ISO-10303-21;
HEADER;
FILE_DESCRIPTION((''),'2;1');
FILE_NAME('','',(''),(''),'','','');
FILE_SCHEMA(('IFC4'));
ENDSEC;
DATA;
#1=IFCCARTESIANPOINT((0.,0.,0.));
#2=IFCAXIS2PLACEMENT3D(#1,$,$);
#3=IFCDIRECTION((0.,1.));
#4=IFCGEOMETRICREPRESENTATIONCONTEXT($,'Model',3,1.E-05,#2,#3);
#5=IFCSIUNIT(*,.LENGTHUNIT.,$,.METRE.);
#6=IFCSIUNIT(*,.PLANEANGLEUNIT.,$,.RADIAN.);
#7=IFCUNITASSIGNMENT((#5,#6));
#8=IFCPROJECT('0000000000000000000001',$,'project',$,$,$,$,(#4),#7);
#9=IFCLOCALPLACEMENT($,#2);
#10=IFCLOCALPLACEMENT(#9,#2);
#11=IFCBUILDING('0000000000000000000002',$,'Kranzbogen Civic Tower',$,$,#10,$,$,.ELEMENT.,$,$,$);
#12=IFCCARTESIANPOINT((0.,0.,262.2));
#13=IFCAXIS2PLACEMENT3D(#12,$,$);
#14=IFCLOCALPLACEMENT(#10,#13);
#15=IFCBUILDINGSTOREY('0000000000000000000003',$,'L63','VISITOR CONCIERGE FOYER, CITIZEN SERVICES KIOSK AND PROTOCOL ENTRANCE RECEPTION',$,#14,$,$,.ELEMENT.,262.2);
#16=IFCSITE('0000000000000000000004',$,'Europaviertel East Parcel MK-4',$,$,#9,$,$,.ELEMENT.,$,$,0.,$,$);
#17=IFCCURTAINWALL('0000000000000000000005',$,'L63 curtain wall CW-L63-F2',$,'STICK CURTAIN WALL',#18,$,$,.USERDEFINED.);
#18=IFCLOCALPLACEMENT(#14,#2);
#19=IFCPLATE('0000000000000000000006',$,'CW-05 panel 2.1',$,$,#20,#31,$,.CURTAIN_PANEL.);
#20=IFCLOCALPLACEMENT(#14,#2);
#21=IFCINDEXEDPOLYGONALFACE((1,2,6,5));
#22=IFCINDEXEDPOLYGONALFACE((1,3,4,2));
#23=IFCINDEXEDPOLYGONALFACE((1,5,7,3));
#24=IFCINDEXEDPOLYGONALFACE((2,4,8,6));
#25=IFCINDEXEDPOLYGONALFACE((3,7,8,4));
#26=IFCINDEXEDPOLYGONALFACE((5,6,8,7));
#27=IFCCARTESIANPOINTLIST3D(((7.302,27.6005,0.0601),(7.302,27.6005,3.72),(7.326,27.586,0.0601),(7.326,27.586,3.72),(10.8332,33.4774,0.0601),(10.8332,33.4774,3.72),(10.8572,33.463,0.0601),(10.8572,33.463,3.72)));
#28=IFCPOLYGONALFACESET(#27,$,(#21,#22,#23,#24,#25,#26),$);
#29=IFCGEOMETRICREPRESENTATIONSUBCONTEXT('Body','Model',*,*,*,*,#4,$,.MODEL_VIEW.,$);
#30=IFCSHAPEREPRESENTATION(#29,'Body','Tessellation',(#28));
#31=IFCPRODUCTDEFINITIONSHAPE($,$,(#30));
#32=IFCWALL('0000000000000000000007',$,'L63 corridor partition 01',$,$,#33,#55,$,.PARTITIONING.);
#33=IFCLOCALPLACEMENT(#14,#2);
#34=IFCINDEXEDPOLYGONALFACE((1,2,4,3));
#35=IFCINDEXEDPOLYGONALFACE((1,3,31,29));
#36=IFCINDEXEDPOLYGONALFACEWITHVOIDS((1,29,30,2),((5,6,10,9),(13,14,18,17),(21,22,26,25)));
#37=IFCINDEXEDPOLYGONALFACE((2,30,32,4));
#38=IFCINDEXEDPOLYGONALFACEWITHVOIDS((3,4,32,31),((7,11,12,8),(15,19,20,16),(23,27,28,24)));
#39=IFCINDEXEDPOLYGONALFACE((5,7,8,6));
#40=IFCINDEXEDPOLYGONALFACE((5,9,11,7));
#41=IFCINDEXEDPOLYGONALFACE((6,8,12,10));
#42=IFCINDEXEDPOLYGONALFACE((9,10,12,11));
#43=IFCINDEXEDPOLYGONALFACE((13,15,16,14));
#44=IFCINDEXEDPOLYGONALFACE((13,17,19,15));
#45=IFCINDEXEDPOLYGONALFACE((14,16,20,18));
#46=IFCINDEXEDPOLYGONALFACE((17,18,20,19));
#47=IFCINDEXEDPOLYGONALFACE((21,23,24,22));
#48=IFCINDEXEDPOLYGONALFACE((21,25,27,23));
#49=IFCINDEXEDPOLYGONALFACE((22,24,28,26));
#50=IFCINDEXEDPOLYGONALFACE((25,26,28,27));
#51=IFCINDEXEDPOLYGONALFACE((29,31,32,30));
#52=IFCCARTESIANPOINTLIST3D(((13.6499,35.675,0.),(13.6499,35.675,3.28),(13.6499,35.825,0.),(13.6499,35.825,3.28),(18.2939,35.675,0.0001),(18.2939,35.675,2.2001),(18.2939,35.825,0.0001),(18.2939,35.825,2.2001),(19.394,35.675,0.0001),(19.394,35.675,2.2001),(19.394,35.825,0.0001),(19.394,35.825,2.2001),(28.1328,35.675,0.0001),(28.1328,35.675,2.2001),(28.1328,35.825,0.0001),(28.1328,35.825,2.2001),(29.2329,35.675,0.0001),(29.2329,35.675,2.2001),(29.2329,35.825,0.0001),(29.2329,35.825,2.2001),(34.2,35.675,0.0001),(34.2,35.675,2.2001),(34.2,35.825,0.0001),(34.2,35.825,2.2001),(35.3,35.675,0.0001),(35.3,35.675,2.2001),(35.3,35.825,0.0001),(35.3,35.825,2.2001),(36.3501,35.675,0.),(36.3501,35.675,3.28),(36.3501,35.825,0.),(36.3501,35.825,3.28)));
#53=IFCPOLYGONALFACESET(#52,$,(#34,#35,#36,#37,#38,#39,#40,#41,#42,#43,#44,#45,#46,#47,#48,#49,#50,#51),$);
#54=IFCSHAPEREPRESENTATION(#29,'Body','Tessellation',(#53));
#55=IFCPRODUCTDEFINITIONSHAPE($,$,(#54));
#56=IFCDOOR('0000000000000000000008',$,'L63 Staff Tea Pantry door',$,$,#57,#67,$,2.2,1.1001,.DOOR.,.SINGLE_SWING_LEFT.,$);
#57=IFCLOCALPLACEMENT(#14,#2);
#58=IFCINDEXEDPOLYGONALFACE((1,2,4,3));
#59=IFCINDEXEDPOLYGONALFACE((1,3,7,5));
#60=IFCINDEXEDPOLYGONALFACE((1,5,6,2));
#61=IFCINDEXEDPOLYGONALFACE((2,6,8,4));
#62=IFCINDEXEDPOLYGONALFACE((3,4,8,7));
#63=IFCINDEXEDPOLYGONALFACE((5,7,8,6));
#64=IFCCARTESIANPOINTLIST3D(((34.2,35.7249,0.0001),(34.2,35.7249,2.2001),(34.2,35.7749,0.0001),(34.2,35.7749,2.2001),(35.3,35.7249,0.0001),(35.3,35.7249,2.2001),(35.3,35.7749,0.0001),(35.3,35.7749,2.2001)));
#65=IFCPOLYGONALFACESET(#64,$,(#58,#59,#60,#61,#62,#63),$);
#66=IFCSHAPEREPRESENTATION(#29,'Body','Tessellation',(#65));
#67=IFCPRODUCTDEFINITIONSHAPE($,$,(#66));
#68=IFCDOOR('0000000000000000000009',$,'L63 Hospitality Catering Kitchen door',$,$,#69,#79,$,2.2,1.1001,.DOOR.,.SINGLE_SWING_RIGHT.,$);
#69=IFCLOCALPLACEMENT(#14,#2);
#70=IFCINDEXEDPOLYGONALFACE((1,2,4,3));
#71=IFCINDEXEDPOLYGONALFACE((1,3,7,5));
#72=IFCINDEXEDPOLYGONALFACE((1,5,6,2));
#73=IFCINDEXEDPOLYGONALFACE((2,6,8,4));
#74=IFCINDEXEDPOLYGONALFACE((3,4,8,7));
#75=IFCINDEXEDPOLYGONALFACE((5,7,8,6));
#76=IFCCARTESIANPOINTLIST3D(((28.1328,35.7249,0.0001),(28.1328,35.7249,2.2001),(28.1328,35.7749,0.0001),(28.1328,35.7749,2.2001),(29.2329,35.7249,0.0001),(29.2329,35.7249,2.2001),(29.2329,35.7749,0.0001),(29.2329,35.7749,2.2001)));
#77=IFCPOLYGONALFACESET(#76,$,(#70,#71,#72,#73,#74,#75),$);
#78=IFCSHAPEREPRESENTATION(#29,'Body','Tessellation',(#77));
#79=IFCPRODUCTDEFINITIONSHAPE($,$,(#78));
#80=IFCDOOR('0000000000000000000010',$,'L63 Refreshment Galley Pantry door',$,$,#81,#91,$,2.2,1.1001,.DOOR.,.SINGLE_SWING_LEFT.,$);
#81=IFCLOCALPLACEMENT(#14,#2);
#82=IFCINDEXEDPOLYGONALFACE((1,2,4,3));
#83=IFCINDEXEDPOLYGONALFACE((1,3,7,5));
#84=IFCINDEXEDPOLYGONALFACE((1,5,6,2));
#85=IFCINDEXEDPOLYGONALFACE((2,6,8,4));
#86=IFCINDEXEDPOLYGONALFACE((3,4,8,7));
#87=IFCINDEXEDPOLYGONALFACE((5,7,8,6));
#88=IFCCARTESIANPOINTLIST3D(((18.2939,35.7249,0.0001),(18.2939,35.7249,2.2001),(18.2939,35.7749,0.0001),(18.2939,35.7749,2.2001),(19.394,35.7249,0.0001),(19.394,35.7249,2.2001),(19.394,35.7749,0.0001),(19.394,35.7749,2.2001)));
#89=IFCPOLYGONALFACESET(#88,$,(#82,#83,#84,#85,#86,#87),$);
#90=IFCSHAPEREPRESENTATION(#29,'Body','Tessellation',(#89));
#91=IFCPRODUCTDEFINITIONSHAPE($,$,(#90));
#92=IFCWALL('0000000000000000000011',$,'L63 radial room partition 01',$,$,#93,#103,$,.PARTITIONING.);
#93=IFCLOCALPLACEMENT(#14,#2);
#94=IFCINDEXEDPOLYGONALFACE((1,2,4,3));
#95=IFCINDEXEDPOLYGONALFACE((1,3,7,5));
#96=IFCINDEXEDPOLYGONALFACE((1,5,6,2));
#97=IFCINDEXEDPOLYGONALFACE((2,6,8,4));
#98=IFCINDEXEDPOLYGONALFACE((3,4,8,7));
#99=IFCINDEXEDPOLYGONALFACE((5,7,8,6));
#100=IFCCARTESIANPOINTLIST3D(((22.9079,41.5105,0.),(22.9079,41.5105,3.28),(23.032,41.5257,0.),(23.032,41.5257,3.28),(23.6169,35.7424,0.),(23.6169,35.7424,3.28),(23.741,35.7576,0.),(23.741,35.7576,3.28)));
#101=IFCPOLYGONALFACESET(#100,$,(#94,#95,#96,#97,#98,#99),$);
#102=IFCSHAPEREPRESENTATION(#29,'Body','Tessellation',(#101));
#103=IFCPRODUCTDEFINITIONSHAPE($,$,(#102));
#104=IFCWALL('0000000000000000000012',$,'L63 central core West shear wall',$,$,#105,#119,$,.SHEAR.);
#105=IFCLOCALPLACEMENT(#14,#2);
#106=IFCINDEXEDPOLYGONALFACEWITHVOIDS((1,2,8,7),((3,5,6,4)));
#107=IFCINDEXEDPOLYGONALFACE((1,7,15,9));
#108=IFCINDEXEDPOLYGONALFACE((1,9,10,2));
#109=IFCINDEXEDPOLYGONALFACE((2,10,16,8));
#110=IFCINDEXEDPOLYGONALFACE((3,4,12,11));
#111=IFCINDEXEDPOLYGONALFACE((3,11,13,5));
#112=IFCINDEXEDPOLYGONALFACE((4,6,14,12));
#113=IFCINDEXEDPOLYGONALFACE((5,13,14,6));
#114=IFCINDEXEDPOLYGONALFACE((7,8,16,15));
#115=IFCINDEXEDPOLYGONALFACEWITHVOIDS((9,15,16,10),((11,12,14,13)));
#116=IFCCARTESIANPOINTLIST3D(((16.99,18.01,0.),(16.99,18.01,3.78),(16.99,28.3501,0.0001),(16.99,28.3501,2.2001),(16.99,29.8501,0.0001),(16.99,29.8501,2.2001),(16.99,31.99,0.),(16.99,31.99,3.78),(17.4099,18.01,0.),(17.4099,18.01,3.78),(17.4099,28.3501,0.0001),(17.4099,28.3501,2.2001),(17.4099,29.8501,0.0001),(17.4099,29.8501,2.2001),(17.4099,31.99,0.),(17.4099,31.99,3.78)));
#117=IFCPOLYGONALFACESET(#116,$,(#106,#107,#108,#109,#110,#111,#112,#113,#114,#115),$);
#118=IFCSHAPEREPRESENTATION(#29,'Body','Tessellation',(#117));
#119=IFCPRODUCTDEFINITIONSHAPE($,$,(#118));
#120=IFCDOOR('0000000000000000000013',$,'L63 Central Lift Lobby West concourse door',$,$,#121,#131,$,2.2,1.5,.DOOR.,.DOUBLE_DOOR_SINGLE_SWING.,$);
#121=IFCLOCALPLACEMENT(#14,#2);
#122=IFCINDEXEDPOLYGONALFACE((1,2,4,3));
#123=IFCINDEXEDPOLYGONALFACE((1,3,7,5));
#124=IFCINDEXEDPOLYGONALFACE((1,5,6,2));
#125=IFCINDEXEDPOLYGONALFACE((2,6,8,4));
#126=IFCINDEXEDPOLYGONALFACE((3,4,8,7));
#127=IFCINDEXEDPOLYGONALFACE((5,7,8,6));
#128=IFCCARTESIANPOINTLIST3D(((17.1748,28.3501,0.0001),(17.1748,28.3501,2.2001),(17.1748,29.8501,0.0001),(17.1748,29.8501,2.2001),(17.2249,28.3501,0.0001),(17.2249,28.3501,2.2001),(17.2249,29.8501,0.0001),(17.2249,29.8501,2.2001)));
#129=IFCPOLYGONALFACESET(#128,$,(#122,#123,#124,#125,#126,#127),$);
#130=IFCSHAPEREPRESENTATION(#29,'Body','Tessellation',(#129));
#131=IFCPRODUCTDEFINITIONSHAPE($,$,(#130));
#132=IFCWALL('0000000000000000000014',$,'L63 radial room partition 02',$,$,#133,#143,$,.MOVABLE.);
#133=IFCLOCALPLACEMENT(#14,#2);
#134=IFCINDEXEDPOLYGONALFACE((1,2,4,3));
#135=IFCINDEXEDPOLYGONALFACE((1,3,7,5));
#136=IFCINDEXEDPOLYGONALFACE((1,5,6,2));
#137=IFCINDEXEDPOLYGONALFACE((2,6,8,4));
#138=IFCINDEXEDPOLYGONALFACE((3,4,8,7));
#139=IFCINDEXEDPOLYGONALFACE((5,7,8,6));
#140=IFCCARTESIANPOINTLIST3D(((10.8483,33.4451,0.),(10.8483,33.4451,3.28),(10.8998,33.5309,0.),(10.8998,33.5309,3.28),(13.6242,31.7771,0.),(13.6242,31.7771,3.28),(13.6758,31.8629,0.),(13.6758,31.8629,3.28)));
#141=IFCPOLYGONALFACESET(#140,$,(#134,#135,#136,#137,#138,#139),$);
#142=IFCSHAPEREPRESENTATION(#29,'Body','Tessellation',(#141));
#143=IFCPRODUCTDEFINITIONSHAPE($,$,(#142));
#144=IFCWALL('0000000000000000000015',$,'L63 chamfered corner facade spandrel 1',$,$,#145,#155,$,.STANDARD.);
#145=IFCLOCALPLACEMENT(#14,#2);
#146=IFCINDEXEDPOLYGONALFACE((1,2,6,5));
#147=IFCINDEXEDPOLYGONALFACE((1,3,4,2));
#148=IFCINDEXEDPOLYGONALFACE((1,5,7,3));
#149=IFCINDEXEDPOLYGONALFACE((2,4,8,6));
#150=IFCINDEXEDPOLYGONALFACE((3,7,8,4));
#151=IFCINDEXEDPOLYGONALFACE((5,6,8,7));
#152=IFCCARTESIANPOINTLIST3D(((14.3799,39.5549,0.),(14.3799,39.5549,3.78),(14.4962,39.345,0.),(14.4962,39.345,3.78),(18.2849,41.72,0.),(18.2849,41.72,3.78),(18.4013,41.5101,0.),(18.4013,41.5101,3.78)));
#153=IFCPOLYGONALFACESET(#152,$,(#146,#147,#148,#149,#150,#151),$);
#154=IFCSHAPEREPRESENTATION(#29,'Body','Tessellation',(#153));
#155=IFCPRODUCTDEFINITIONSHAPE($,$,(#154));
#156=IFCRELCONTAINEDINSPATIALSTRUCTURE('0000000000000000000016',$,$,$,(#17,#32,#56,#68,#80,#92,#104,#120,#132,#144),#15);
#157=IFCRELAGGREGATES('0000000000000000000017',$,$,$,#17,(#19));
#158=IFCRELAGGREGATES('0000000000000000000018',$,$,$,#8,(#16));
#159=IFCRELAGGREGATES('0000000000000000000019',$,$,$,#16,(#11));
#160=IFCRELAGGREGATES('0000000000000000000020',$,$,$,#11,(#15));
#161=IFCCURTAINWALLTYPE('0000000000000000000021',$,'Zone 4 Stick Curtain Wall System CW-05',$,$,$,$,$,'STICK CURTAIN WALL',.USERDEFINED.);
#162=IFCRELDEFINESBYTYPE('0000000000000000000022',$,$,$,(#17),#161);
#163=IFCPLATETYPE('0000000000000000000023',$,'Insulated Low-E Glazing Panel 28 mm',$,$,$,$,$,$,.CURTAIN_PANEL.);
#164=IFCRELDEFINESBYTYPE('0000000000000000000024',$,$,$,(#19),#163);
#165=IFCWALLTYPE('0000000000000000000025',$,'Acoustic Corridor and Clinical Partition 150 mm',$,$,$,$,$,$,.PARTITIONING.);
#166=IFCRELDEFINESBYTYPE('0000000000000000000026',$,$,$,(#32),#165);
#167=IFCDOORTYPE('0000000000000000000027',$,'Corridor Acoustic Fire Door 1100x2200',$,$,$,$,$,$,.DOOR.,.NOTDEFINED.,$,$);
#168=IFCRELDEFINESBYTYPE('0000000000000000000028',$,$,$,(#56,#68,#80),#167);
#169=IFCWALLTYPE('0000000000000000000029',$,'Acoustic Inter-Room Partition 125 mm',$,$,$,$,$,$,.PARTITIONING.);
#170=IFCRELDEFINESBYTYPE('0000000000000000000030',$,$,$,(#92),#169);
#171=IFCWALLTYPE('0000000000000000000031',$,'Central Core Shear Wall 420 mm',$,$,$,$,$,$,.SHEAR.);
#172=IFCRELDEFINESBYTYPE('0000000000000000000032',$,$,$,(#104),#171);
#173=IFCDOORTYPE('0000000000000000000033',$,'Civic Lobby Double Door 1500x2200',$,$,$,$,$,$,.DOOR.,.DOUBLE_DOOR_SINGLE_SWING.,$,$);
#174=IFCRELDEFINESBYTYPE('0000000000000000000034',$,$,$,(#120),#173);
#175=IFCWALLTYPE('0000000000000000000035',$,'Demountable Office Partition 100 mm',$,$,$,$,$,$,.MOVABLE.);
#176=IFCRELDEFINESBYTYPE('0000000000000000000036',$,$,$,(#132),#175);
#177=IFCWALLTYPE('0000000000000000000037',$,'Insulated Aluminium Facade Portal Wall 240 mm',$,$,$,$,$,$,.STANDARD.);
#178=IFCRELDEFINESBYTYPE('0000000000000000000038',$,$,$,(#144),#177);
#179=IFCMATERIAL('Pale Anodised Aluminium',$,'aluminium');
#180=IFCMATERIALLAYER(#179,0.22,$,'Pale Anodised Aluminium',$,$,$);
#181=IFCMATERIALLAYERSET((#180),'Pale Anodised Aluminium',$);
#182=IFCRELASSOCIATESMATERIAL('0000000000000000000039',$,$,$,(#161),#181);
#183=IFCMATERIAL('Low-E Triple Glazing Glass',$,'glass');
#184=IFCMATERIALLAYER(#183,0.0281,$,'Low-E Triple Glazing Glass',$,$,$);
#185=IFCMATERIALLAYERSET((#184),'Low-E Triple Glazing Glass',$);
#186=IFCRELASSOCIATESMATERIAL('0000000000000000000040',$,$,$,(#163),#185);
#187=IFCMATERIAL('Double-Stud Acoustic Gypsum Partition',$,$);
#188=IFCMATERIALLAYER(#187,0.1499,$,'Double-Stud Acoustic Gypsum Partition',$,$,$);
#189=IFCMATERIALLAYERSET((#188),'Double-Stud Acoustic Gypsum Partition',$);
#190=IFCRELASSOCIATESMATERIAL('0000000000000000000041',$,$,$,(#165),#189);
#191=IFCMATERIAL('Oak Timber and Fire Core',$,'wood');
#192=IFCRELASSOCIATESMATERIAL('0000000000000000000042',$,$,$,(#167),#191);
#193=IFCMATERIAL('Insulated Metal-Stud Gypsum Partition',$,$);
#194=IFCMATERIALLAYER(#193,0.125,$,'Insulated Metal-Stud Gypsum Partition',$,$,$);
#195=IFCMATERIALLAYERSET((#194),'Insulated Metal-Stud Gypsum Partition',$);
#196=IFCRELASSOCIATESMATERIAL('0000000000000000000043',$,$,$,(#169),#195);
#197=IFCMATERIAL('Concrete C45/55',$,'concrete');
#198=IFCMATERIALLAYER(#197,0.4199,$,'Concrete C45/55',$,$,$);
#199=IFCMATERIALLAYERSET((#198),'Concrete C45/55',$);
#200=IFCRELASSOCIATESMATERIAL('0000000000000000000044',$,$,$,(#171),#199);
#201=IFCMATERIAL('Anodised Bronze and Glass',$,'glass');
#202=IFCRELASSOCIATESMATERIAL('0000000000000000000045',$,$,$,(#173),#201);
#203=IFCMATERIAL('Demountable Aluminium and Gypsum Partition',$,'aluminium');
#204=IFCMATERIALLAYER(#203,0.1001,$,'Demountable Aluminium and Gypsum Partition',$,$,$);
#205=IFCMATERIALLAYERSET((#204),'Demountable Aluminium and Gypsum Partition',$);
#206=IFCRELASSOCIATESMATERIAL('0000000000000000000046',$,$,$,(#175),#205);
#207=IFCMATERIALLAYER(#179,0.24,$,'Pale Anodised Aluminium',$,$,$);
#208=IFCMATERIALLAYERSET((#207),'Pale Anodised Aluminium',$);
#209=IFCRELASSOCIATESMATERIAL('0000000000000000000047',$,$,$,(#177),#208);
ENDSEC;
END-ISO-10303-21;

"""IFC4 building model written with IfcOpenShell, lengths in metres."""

from ifc_helpers import new_model, si_unit, direction, frame, frame_2d, origin, origin_2d, place, context, subcontext, project, spatial, rectangle, extrude, material, layer, layer_set, type_object, element, fill, aggregate, save


model = new_model("IFC4")

# Units and contexts
model_context = context("Model", 3, precision=1e-05, world=origin(), true_north=direction((0.0, 1.0)))
body_context = subcontext(model_context, "Body", "Model", "MODEL_VIEW")
ifc_project = project(units=[si_unit("LENGTHUNIT", "METRE"), si_unit("PLANEANGLEUNIT", "RADIAN")], contexts=[model_context])

# Site, building, storey
site_placement = place(None, origin())
site = spatial("IfcSite", under=ifc_project, at=site_placement, Name="Europaviertel East Parcel MK-4", CompositionType="ELEMENT", RefElevation=0.0)
building_placement = place(site_placement, origin())
building = spatial("IfcBuilding", under=site, at=building_placement, Name="Kranzbogen Civic Tower", CompositionType="ELEMENT")
storey_placement = place(building_placement, frame((0.0, 0.0, 262.2)))
storey = spatial("IfcBuildingStorey", under=building, at=storey_placement, Name="L63", Description="VISITOR CONCIERGE FOYER, CITIZEN SERVICES KIOSK AND PROTOCOL ENTRANCE RECEPTION", CompositionType="ELEMENT", Elevation=262.2)

# Shared definitions
ifc_material_1 = material(Name="Pale Anodised Aluminium", Category="aluminium")
ifc_layer_1 = layer(ifc_material_1, 0.22, Name="Pale Anodised Aluminium")
ifc_layer_set_1 = layer_set([ifc_layer_1], Name="Pale Anodised Aluminium")
curtain_wall_type = type_object("IfcCurtainWallType", Name="Zone 4 Stick Curtain Wall System CW-05", ElementType="STICK CURTAIN WALL", PredefinedType="USERDEFINED", material=ifc_layer_set_1)

# Curtain wall
curtain_wall_1_placement = place(storey_placement, origin())
curtain_wall_1 = element("IfcCurtainWall", 1, at=curtain_wall_1_placement, inside=storey, type_object=curtain_wall_type, Name="L63 curtain wall CW-L63-F2", ObjectType="STICK CURTAIN WALL", PredefinedType="USERDEFINED")

# Plate
ifc_material_2 = material(Name="Low-E Triple Glazing Glass", Category="glass")
ifc_layer_2 = layer(ifc_material_2, 0.0281, Name="Low-E Triple Glazing Glass")
ifc_layer_set_2 = layer_set([ifc_layer_2], Name="Low-E Triple Glazing Glass")
plate_type = type_object("IfcPlateType", Name="Insulated Low-E Glazing Panel 28 mm", PredefinedType="CURTAIN_PANEL", material=ifc_layer_set_2)
plate_1_placement = place(storey_placement, frame((9.0796, 30.5317, 0.0601), z_axis=(0.0, 0.0, 1.0), x_axis=(-0.515036, -0.857169, 0.0)))
plate_1 = element("IfcPlate", 2, at=plate_1_placement, type_object=plate_type, Name="CW-05 panel 2.1", PredefinedType="CURTAIN_PANEL", context=body_context, shape_type="SweptSolid", body=[
    extrude(rectangle(XDim=6.8562, YDim=0.0281, at=origin_2d()), origin(), (0.0, 0.0, 1.0), 3.6599),
])
aggregate(curtain_wall_1, [plate_1])

# Wall, openings, doors
ifc_material_3 = material(Name="Double-Stud Acoustic Gypsum Partition")
ifc_layer_3 = layer(ifc_material_3, 0.1499, Name="Double-Stud Acoustic Gypsum Partition")
ifc_layer_set_3 = layer_set([ifc_layer_3], Name="Double-Stud Acoustic Gypsum Partition")
wall_type_1 = type_object("IfcWallType", Name="Acoustic Corridor and Clinical Partition 150 mm", PredefinedType="PARTITIONING", material=ifc_layer_set_3)
wall_1_placement = place(storey_placement, frame((13.6499, 35.75, 0.0), z_axis=(0.0, 0.0, 1.0), x_axis=(1.0, 0.0, 0.0)))
wall_1 = element("IfcWall", 3, at=wall_1_placement, inside=storey, type_object=wall_type_1, Name="L63 corridor partition 01", PredefinedType="PARTITIONING", context=body_context, shape_type="SweptSolid", body=[
    extrude(rectangle(XDim=22.7002, YDim=0.1499, at=frame_2d((11.3501, 0.0))), origin(), (0.0, 0.0, 1.0), 3.28),
])
opening_1_placement = place(wall_1_placement, frame((20.55, 0.0, 0.0)))
opening_1 = element("IfcOpeningElement", 4, at=opening_1_placement, cuts=wall_1, PredefinedType="OPENING", context=body_context, shape_type="SweptSolid", body=[
    extrude(rectangle(XDim=1.1001, YDim=2.2, at=frame_2d((0.55, 1.1001))), frame((0.0, 0.085, 0.0), z_axis=(0.0, -1.0, 0.0), x_axis=(1.0, 0.0, 0.0)), (0.0, 0.0, 1.0), 0.1699),
])
opening_2_placement = place(wall_1_placement, frame((14.4829, 0.0, 0.0)))
opening_2 = element("IfcOpeningElement", 5, at=opening_2_placement, cuts=wall_1, PredefinedType="OPENING", context=body_context, shape_type="SweptSolid", body=[
    extrude(rectangle(XDim=1.1001, YDim=2.2, at=frame_2d((0.55, 1.1001))), frame((0.0, 0.085, 0.0), z_axis=(0.0, -1.0, 0.0), x_axis=(1.0, 0.0, 0.0)), (0.0, 0.0, 1.0), 0.1699),
])
opening_3_placement = place(wall_1_placement, frame((4.644, 0.0, 0.0)))
opening_3 = element("IfcOpeningElement", 6, at=opening_3_placement, cuts=wall_1, PredefinedType="OPENING", context=body_context, shape_type="SweptSolid", body=[
    extrude(rectangle(XDim=1.1001, YDim=2.2, at=frame_2d((0.55, 1.1001))), frame((0.0, 0.085, 0.0), z_axis=(0.0, -1.0, 0.0), x_axis=(1.0, 0.0, 0.0)), (0.0, 0.0, 1.0), 0.1699),
])
ifc_material_4 = material(Name="Oak Timber and Fire Core", Category="wood")
door_type_1 = type_object("IfcDoorType", Name="Corridor Acoustic Fire Door 1100x2200", OperationType="NOTDEFINED", PredefinedType="DOOR", material=ifc_material_4)
door_1_placement = place(opening_1_placement, origin())
door_1 = element("IfcDoor", 7, at=door_1_placement, inside=storey, type_object=door_type_1, Name="L63 Staff Tea Pantry door", OperationType="SINGLE_SWING_LEFT", OverallHeight=2.2, OverallWidth=1.1001, PredefinedType="DOOR", context=body_context, shape_type="SweptSolid", body=[
    extrude(rectangle(XDim=1.1001, YDim=2.2, at=frame_2d((0.55, 1.1001))), frame((0.0, 0.0249, 0.0), z_axis=(0.0, -1.0, 0.0), x_axis=(1.0, 0.0, 0.0)), (0.0, 0.0, 1.0), 0.05),
])
fill(opening_1, door_1)
door_2_placement = place(opening_2_placement, origin())
door_2 = element("IfcDoor", 8, at=door_2_placement, inside=storey, type_object=door_type_1, Name="L63 Hospitality Catering Kitchen door", OperationType="SINGLE_SWING_RIGHT", OverallHeight=2.2, OverallWidth=1.1001, PredefinedType="DOOR", context=body_context, shape_type="SweptSolid", body=[
    extrude(rectangle(XDim=1.1001, YDim=2.2, at=frame_2d((0.55, 1.1001))), frame((0.0, 0.0249, 0.0), z_axis=(0.0, -1.0, 0.0), x_axis=(1.0, 0.0, 0.0)), (0.0, 0.0, 1.0), 0.05),
])
fill(opening_2, door_2)
door_3_placement = place(opening_3_placement, origin())
door_3 = element("IfcDoor", 9, at=door_3_placement, inside=storey, type_object=door_type_1, Name="L63 Refreshment Galley Pantry door", OperationType="SINGLE_SWING_LEFT", OverallHeight=2.2, OverallWidth=1.1001, PredefinedType="DOOR", context=body_context, shape_type="SweptSolid", body=[
    extrude(rectangle(XDim=1.1001, YDim=2.2, at=frame_2d((0.55, 1.1001))), frame((0.0, 0.0249, 0.0), z_axis=(0.0, -1.0, 0.0), x_axis=(1.0, 0.0, 0.0)), (0.0, 0.0, 1.0), 0.05),
])
fill(opening_3, door_3)

# Wall
ifc_material_5 = material(Name="Insulated Metal-Stud Gypsum Partition")
ifc_layer_4 = layer(ifc_material_5, 0.125, Name="Insulated Metal-Stud Gypsum Partition")
ifc_layer_set_4 = layer_set([ifc_layer_4], Name="Insulated Metal-Stud Gypsum Partition")
wall_type_2 = type_object("IfcWallType", Name="Acoustic Inter-Room Partition 125 mm", PredefinedType="PARTITIONING", material=ifc_layer_set_4)
wall_2_placement = place(storey_placement, frame((23.679, 35.75, 0.0), z_axis=(0.0, 0.0, 1.0), x_axis=(-0.121997, 0.99253, 0.0)))
element("IfcWall", 10, at=wall_2_placement, inside=storey, type_object=wall_type_2, Name="L63 radial room partition 01", PredefinedType="PARTITIONING", context=body_context, shape_type="SweptSolid", body=[
    extrude(rectangle(XDim=5.8115, YDim=0.125, at=frame_2d((2.9058, 0.0))), origin(), (0.0, 0.0, 1.0), 3.28),
])

# Wall, opening, door
ifc_material_6 = material(Name="Concrete C45/55", Category="concrete")
ifc_layer_5 = layer(ifc_material_6, 0.4199, Name="Concrete C45/55")
ifc_layer_set_5 = layer_set([ifc_layer_5], Name="Concrete C45/55")
wall_type_3 = type_object("IfcWallType", Name="Central Core Shear Wall 420 mm", PredefinedType="SHEAR", material=ifc_layer_set_5)
wall_3_placement = place(storey_placement, frame((17.2, 31.99, 0.0), z_axis=(0.0, 0.0, 1.0), x_axis=(0.0, -1.0, 0.0)))
wall_3 = element("IfcWall", 11, at=wall_3_placement, inside=storey, type_object=wall_type_3, Name="L63 central core West shear wall", PredefinedType="SHEAR", context=body_context, shape_type="SweptSolid", body=[
    extrude(rectangle(XDim=13.98, YDim=0.4199, at=frame_2d((6.99, 0.0))), origin(), (0.0, 0.0, 1.0), 3.78),
])
opening_4_placement = place(wall_3_placement, frame((2.1399, 0.0, 0.0)))
opening_4 = element("IfcOpeningElement", 12, at=opening_4_placement, cuts=wall_3, PredefinedType="OPENING", context=body_context, shape_type="SweptSolid", body=[
    extrude(rectangle(XDim=1.5, YDim=2.2, at=frame_2d((0.75, 1.1001))), frame((0.0, 0.22, 0.0), z_axis=(0.0, -1.0, 0.0), x_axis=(1.0, 0.0, 0.0)), (0.0, 0.0, 1.0), 0.4399),
])
ifc_material_7 = material(Name="Anodised Bronze and Glass", Category="glass")
door_type_2 = type_object("IfcDoorType", Name="Civic Lobby Double Door 1500x2200", OperationType="DOUBLE_DOOR_SINGLE_SWING", PredefinedType="DOOR", material=ifc_material_7)
door_4_placement = place(opening_4_placement, origin())
door_4 = element("IfcDoor", 13, at=door_4_placement, inside=storey, type_object=door_type_2, Name="L63 Central Lift Lobby West concourse door", OperationType="DOUBLE_DOOR_SINGLE_SWING", OverallHeight=2.2, OverallWidth=1.5, PredefinedType="DOOR", context=body_context, shape_type="SweptSolid", body=[
    extrude(rectangle(XDim=1.5, YDim=2.2, at=frame_2d((0.75, 1.1001))), frame((0.0, 0.0249, 0.0), z_axis=(0.0, -1.0, 0.0), x_axis=(1.0, 0.0, 0.0)), (0.0, 0.0, 1.0), 0.05),
])
fill(opening_4, door_4)

# Walls
ifc_material_8 = material(Name="Demountable Aluminium and Gypsum Partition", Category="aluminium")
ifc_layer_6 = layer(ifc_material_8, 0.1001, Name="Demountable Aluminium and Gypsum Partition")
ifc_layer_set_6 = layer_set([ifc_layer_6], Name="Demountable Aluminium and Gypsum Partition")
wall_type_4 = type_object("IfcWallType", Name="Demountable Office Partition 100 mm", PredefinedType="MOVABLE", material=ifc_layer_set_6)
wall_4_placement = place(storey_placement, frame((13.6499, 31.8201, 0.0), z_axis=(0.0, 0.0, 1.0), x_axis=(-0.85716, 0.51505, 0.0)))
element("IfcWall", 14, at=wall_4_placement, inside=storey, type_object=wall_type_4, Name="L63 radial room partition 02", PredefinedType="MOVABLE", context=body_context, shape_type="SweptSolid", body=[
    extrude(rectangle(XDim=3.2385, YDim=0.1001, at=frame_2d((1.6191, 0.0))), origin(), (0.0, 0.0, 1.0), 3.28),
])
ifc_layer_7 = layer(ifc_material_1, 0.24, Name="Pale Anodised Aluminium")
ifc_layer_set_7 = layer_set([ifc_layer_7], Name="Pale Anodised Aluminium")
wall_type_5 = type_object("IfcWallType", Name="Insulated Aluminium Facade Portal Wall 240 mm", PredefinedType="STANDARD", material=ifc_layer_set_7)
wall_5_placement = place(storey_placement, frame((18.343, 41.615, 0.0), z_axis=(0.0, 0.0, 1.0), x_axis=(-0.874577, -0.484886, 0.0)))
element("IfcWall", 15, at=wall_5_placement, inside=storey, type_object=wall_type_5, Name="L63 chamfered corner facade spandrel 1", PredefinedType="STANDARD", context=body_context, shape_type="SweptSolid", body=[
    extrude(rectangle(XDim=4.4651, YDim=0.24, at=frame_2d((2.2324, 0.0))), origin(), (0.0, 0.0, 1.0), 3.78),
])

save(model, "model.ifc")
